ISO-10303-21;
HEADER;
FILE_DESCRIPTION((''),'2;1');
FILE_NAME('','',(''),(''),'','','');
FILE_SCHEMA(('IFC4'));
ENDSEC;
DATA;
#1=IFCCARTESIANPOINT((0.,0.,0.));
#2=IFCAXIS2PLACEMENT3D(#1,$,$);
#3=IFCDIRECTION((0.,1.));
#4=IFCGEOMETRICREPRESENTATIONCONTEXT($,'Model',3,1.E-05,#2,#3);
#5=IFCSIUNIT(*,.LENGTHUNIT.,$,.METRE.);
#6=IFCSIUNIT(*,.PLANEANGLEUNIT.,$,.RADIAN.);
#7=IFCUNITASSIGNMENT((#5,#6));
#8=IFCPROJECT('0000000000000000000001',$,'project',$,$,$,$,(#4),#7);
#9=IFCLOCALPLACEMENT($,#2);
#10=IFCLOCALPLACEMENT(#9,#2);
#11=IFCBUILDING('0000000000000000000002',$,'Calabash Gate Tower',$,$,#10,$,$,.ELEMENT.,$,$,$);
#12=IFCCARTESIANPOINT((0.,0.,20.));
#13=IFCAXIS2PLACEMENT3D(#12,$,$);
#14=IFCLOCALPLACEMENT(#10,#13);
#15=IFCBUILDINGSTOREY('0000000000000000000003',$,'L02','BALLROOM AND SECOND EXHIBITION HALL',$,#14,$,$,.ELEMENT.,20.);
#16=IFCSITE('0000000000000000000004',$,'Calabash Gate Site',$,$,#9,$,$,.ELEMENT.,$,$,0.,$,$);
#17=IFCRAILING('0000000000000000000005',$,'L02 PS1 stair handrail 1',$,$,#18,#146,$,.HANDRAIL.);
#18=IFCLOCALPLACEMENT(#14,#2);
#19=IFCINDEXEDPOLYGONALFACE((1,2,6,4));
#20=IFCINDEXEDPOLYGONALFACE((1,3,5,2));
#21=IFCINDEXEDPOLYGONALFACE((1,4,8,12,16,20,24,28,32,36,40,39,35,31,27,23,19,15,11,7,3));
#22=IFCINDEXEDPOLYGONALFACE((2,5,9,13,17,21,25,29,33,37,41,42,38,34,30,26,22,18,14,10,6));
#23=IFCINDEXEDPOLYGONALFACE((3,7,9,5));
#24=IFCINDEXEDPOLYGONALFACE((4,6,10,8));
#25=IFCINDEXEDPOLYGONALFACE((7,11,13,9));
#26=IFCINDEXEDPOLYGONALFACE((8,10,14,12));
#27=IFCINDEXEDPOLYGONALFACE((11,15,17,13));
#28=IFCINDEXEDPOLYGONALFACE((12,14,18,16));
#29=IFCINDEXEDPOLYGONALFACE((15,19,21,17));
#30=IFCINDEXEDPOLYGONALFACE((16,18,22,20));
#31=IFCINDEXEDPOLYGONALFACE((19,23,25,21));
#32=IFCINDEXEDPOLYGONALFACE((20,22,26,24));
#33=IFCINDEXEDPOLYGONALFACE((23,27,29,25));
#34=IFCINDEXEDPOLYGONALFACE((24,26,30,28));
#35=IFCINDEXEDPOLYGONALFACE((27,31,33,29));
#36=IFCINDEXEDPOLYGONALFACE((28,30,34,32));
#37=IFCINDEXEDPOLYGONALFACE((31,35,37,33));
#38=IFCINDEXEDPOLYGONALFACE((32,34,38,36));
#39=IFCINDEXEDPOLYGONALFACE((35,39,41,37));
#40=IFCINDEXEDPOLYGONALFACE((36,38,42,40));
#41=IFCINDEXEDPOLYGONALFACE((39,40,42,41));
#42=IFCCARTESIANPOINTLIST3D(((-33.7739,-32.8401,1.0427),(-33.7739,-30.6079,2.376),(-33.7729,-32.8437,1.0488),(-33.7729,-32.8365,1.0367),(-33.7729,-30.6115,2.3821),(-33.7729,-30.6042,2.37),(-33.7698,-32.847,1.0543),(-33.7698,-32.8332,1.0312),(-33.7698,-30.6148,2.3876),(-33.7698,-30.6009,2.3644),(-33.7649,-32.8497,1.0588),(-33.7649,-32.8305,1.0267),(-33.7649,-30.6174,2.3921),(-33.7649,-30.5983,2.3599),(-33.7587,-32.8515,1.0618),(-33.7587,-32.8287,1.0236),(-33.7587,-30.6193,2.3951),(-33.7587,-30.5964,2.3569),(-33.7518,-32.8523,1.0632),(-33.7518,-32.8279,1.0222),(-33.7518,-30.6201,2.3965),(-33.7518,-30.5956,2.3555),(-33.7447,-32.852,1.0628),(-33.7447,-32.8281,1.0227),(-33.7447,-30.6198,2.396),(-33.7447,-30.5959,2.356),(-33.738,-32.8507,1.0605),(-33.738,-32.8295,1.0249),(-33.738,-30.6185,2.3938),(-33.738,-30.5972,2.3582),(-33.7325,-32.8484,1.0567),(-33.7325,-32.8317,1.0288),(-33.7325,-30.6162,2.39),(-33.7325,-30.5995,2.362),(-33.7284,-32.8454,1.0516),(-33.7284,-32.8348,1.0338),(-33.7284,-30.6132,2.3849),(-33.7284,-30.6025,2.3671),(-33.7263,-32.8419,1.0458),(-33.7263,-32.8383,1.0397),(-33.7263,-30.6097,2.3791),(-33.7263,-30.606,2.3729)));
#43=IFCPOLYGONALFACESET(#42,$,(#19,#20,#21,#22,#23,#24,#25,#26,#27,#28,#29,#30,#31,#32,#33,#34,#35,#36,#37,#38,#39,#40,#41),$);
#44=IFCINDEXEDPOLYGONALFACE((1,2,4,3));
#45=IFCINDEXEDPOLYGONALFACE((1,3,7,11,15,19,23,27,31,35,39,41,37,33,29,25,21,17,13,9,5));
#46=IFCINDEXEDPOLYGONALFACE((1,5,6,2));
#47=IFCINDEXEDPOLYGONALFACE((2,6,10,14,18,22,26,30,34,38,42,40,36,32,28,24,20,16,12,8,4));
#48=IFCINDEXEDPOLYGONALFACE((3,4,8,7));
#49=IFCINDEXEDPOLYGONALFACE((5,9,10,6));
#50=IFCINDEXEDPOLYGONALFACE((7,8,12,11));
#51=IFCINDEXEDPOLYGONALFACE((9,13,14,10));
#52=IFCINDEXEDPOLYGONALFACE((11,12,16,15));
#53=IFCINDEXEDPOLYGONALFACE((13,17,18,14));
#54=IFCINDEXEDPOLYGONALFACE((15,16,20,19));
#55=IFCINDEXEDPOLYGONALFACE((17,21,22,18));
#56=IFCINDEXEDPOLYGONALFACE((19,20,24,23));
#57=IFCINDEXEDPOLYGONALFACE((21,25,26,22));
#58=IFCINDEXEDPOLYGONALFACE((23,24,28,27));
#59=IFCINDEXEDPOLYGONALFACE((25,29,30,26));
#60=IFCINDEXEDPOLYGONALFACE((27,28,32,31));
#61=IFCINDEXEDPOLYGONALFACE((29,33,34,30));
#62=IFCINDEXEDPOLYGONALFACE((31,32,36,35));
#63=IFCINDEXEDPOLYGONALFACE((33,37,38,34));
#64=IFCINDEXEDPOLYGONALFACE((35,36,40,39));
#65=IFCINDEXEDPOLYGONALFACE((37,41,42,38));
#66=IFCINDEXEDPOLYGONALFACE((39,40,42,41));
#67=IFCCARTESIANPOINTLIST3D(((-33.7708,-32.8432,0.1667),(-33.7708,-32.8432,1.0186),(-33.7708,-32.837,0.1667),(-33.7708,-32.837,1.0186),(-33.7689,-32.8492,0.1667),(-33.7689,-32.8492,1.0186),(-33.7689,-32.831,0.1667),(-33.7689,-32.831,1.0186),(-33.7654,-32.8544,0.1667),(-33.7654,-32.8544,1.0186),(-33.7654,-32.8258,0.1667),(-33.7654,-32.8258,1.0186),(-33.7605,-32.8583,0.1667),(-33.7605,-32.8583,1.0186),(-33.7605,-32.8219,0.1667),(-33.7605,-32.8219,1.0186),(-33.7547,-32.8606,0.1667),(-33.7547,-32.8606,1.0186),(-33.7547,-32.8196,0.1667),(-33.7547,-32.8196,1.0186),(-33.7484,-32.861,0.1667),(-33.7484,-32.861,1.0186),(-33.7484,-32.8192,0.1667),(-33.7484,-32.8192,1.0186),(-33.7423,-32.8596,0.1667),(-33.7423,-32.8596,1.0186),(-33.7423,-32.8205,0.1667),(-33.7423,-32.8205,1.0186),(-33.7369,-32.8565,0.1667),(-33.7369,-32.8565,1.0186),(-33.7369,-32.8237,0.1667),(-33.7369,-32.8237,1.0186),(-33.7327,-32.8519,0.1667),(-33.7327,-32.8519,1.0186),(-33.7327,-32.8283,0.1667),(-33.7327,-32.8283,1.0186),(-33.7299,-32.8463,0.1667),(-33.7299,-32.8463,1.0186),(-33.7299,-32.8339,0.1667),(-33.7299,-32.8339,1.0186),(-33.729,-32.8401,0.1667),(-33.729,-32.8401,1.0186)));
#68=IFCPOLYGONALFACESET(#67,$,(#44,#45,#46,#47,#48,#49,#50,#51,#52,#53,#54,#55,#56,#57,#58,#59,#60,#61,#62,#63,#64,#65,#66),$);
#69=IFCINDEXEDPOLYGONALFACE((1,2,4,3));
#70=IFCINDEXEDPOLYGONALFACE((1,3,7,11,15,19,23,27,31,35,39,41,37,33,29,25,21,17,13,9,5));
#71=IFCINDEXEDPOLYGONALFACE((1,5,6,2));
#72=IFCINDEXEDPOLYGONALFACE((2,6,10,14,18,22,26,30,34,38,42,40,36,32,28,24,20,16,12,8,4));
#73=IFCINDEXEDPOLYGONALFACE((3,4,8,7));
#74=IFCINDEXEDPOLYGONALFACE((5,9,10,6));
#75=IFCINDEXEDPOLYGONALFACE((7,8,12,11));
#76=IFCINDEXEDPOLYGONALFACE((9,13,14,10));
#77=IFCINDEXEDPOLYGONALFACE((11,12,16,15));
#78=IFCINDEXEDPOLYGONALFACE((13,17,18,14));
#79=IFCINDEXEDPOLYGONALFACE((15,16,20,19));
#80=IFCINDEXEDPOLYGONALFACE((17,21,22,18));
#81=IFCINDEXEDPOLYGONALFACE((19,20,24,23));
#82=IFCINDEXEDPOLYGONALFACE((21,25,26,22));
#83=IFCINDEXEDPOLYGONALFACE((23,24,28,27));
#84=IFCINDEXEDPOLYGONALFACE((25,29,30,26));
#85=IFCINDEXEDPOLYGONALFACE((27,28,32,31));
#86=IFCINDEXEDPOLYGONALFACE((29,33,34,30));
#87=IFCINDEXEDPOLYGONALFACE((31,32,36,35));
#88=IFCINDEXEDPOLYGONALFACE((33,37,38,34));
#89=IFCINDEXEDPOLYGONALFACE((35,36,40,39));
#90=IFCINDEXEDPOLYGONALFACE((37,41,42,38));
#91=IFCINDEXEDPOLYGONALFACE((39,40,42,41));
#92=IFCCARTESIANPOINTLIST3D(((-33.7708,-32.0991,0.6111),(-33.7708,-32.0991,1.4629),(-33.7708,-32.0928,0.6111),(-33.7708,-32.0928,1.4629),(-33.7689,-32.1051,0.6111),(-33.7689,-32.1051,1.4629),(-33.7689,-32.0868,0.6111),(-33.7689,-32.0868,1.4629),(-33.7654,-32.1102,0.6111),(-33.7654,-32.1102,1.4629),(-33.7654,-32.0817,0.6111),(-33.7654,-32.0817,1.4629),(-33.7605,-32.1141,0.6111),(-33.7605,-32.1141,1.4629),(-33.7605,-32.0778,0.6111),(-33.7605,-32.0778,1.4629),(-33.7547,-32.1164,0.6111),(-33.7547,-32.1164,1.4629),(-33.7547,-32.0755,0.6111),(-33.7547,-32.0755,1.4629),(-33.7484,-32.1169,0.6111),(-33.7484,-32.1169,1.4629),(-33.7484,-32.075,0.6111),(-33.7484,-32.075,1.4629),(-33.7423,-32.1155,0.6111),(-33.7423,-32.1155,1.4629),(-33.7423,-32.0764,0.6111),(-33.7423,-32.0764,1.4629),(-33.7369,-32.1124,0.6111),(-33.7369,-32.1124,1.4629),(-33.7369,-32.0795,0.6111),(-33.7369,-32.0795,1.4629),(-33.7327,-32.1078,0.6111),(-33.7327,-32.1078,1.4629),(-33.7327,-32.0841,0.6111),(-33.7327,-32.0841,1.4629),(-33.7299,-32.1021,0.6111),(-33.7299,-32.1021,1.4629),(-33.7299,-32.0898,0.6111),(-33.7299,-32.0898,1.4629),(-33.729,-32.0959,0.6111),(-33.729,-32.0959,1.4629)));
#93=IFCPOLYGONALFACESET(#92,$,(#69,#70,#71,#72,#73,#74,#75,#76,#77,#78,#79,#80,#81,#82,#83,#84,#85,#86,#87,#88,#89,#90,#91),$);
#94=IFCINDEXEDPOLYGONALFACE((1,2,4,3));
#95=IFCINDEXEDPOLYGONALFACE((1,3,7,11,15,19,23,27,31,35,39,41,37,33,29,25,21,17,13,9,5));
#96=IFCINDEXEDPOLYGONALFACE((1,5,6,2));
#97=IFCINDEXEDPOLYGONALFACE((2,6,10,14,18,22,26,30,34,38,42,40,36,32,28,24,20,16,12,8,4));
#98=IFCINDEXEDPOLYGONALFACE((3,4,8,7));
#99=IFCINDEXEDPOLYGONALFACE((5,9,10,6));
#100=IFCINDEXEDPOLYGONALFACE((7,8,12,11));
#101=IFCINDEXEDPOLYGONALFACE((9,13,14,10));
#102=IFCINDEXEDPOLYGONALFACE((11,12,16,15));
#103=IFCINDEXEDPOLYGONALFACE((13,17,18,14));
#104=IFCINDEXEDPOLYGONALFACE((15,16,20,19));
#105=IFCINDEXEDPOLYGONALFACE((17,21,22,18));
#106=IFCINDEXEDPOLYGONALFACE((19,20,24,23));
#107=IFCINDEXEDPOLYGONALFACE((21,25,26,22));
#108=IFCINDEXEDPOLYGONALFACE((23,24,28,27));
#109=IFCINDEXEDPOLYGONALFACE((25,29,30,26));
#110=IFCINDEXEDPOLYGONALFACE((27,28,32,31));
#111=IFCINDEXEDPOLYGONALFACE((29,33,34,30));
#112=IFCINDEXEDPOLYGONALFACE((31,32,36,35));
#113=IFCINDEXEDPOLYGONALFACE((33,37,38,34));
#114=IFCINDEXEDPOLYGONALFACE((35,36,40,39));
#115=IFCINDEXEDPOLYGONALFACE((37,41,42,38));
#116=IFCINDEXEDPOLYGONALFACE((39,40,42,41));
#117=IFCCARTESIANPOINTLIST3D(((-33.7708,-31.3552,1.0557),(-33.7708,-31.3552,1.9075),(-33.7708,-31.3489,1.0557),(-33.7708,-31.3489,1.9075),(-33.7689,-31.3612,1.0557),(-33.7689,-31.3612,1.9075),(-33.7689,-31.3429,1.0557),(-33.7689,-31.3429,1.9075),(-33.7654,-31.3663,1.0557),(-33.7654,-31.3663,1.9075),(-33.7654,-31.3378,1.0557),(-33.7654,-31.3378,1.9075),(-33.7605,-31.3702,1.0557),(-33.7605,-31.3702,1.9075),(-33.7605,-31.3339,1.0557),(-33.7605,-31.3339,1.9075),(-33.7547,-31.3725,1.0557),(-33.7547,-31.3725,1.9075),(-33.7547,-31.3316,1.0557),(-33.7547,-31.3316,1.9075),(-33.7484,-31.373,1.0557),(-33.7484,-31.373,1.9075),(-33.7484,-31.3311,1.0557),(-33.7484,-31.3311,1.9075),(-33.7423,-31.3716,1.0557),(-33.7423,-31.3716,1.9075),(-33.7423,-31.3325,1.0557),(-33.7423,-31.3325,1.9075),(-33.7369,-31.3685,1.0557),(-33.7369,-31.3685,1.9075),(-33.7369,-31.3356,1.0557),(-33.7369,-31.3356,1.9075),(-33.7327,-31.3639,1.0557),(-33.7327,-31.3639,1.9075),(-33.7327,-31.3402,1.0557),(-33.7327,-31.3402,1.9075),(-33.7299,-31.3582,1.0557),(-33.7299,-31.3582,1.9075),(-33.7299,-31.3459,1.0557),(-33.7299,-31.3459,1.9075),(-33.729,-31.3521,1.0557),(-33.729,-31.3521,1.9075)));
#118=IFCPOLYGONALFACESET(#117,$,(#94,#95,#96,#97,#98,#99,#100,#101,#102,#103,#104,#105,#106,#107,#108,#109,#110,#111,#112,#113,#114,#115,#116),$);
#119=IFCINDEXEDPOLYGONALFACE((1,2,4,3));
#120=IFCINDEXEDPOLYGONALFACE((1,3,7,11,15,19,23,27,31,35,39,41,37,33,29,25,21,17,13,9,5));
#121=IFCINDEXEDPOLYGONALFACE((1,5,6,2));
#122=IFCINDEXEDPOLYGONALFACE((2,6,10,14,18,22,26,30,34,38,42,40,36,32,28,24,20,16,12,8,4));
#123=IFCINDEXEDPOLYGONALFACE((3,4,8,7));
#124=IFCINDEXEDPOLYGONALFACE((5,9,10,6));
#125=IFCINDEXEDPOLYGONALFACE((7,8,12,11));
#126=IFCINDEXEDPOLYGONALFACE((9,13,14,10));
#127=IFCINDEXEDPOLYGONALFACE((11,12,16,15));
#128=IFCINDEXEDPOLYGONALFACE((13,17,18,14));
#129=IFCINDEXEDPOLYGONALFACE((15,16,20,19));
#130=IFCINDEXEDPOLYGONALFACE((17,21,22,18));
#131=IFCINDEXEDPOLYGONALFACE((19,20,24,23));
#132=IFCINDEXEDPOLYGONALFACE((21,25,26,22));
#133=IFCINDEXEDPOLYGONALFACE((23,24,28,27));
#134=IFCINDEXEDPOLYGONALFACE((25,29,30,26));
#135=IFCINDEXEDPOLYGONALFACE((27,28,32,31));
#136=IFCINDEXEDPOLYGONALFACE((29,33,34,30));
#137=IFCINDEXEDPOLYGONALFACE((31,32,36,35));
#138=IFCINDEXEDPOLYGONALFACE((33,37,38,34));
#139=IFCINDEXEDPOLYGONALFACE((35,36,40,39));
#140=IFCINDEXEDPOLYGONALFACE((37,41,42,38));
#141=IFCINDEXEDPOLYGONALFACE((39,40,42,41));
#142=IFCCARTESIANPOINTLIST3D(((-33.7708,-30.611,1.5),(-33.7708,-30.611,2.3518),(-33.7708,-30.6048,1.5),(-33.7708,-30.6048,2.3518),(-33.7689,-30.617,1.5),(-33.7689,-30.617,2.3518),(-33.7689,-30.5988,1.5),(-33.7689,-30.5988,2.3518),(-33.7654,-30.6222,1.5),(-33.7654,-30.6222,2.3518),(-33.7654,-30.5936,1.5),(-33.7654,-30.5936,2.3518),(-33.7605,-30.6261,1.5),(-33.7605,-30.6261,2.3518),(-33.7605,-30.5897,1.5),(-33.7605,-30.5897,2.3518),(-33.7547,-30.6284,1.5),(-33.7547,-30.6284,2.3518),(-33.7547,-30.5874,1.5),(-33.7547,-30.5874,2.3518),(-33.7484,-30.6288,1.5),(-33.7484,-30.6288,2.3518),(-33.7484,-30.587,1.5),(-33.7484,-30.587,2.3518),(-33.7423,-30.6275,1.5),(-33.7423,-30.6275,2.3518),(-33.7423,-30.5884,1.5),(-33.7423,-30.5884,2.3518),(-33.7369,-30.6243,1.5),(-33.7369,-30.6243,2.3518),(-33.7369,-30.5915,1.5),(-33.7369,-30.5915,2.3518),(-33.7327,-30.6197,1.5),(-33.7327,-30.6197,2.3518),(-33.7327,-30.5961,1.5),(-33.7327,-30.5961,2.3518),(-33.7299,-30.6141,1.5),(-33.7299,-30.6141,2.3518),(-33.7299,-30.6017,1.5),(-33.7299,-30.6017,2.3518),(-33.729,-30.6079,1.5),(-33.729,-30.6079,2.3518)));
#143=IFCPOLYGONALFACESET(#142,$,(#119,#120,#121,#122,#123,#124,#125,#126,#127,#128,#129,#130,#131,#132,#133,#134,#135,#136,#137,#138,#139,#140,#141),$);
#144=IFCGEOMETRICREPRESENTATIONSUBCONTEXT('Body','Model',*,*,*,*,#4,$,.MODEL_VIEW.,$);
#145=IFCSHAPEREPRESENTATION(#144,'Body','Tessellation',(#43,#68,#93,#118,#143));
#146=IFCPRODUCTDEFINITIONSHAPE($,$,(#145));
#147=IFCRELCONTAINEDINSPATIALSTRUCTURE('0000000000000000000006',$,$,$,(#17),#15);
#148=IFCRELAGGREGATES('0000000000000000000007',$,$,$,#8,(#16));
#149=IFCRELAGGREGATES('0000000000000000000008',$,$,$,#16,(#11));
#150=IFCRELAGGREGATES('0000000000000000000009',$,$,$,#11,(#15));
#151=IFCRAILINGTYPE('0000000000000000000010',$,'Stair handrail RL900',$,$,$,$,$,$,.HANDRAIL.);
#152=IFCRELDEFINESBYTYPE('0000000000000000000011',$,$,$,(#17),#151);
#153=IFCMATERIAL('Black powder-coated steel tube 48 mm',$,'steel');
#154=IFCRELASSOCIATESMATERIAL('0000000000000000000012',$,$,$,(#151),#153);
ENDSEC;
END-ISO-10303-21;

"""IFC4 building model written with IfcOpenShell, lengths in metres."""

from ifc_helpers import new_model, si_unit, direction, frame, origin, origin_2d, place, context, subcontext, project, spatial, circle, extrude, material, type_object, element, save


model = new_model("IFC4")

# Units and contexts
model_context = context("Model", 3, precision=1e-05, world=origin(), true_north=direction((0.0, 1.0)))
body_context = subcontext(model_context, "Body", "Model", "MODEL_VIEW")
ifc_project = project(units=[si_unit("LENGTHUNIT", "METRE"), si_unit("PLANEANGLEUNIT", "RADIAN")], contexts=[model_context])

# Site, building, storey
site_placement = place(None, origin())
site = spatial("IfcSite", under=ifc_project, at=site_placement, Name="Calabash Gate Site", CompositionType="ELEMENT", RefElevation=0.0)
building_placement = place(site_placement, origin())
building = spatial("IfcBuilding", under=site, at=building_placement, Name="Calabash Gate Tower", CompositionType="ELEMENT")
storey_placement = place(building_placement, frame((0.0, 0.0, 20.0)))
storey = spatial("IfcBuildingStorey", under=building, at=storey_placement, Name="L02", Description="BALLROOM AND SECOND EXHIBITION HALL", CompositionType="ELEMENT", Elevation=20.0)

# Railing
ifc_material_1 = material(Name="Black powder-coated steel tube 48 mm", Category="steel")
railing_type_1 = type_object("IfcRailingType", Name="Stair handrail RL900", PredefinedType="HANDRAIL", material=ifc_material_1)
for number, where, name in (
    (1, (-33.75, -32.8401, 0.1667), "L02 PS1 stair handrail 1"),
):
    element("IfcRailing", number, at=place(storey_placement, frame(where)), inside=storey, type_object=railing_type_1, Name=name, PredefinedType="HANDRAIL", context=body_context, shape_type="SweptSolid", body=[
        extrude(circle(Radius=0.0239, at=origin_2d()), frame((0.0, 0.0, 0.876), z_axis=(0.0, 0.858519, 0.512782), x_axis=(-1.0, 0.0, 0.0)), (0.0, 0.0, 1.0), 2.6001),
        extrude(circle(Radius=0.021, at=origin_2d()), origin(), (0.0, 0.0, 1.0), 0.8518),
        extrude(circle(Radius=0.021, at=origin_2d()), frame((0.0, 0.7441, 0.4443)), (0.0, 0.0, 1.0), 0.8518),
        extrude(circle(Radius=0.021, at=origin_2d()), frame((0.0, 1.488, 0.8889)), (0.0, 0.0, 1.0), 0.8518),
        extrude(circle(Radius=0.021, at=origin_2d()), frame((0.0, 2.2322, 1.3333)), (0.0, 0.0, 1.0), 0.8518),
    ])

save(model, "model.ifc")
